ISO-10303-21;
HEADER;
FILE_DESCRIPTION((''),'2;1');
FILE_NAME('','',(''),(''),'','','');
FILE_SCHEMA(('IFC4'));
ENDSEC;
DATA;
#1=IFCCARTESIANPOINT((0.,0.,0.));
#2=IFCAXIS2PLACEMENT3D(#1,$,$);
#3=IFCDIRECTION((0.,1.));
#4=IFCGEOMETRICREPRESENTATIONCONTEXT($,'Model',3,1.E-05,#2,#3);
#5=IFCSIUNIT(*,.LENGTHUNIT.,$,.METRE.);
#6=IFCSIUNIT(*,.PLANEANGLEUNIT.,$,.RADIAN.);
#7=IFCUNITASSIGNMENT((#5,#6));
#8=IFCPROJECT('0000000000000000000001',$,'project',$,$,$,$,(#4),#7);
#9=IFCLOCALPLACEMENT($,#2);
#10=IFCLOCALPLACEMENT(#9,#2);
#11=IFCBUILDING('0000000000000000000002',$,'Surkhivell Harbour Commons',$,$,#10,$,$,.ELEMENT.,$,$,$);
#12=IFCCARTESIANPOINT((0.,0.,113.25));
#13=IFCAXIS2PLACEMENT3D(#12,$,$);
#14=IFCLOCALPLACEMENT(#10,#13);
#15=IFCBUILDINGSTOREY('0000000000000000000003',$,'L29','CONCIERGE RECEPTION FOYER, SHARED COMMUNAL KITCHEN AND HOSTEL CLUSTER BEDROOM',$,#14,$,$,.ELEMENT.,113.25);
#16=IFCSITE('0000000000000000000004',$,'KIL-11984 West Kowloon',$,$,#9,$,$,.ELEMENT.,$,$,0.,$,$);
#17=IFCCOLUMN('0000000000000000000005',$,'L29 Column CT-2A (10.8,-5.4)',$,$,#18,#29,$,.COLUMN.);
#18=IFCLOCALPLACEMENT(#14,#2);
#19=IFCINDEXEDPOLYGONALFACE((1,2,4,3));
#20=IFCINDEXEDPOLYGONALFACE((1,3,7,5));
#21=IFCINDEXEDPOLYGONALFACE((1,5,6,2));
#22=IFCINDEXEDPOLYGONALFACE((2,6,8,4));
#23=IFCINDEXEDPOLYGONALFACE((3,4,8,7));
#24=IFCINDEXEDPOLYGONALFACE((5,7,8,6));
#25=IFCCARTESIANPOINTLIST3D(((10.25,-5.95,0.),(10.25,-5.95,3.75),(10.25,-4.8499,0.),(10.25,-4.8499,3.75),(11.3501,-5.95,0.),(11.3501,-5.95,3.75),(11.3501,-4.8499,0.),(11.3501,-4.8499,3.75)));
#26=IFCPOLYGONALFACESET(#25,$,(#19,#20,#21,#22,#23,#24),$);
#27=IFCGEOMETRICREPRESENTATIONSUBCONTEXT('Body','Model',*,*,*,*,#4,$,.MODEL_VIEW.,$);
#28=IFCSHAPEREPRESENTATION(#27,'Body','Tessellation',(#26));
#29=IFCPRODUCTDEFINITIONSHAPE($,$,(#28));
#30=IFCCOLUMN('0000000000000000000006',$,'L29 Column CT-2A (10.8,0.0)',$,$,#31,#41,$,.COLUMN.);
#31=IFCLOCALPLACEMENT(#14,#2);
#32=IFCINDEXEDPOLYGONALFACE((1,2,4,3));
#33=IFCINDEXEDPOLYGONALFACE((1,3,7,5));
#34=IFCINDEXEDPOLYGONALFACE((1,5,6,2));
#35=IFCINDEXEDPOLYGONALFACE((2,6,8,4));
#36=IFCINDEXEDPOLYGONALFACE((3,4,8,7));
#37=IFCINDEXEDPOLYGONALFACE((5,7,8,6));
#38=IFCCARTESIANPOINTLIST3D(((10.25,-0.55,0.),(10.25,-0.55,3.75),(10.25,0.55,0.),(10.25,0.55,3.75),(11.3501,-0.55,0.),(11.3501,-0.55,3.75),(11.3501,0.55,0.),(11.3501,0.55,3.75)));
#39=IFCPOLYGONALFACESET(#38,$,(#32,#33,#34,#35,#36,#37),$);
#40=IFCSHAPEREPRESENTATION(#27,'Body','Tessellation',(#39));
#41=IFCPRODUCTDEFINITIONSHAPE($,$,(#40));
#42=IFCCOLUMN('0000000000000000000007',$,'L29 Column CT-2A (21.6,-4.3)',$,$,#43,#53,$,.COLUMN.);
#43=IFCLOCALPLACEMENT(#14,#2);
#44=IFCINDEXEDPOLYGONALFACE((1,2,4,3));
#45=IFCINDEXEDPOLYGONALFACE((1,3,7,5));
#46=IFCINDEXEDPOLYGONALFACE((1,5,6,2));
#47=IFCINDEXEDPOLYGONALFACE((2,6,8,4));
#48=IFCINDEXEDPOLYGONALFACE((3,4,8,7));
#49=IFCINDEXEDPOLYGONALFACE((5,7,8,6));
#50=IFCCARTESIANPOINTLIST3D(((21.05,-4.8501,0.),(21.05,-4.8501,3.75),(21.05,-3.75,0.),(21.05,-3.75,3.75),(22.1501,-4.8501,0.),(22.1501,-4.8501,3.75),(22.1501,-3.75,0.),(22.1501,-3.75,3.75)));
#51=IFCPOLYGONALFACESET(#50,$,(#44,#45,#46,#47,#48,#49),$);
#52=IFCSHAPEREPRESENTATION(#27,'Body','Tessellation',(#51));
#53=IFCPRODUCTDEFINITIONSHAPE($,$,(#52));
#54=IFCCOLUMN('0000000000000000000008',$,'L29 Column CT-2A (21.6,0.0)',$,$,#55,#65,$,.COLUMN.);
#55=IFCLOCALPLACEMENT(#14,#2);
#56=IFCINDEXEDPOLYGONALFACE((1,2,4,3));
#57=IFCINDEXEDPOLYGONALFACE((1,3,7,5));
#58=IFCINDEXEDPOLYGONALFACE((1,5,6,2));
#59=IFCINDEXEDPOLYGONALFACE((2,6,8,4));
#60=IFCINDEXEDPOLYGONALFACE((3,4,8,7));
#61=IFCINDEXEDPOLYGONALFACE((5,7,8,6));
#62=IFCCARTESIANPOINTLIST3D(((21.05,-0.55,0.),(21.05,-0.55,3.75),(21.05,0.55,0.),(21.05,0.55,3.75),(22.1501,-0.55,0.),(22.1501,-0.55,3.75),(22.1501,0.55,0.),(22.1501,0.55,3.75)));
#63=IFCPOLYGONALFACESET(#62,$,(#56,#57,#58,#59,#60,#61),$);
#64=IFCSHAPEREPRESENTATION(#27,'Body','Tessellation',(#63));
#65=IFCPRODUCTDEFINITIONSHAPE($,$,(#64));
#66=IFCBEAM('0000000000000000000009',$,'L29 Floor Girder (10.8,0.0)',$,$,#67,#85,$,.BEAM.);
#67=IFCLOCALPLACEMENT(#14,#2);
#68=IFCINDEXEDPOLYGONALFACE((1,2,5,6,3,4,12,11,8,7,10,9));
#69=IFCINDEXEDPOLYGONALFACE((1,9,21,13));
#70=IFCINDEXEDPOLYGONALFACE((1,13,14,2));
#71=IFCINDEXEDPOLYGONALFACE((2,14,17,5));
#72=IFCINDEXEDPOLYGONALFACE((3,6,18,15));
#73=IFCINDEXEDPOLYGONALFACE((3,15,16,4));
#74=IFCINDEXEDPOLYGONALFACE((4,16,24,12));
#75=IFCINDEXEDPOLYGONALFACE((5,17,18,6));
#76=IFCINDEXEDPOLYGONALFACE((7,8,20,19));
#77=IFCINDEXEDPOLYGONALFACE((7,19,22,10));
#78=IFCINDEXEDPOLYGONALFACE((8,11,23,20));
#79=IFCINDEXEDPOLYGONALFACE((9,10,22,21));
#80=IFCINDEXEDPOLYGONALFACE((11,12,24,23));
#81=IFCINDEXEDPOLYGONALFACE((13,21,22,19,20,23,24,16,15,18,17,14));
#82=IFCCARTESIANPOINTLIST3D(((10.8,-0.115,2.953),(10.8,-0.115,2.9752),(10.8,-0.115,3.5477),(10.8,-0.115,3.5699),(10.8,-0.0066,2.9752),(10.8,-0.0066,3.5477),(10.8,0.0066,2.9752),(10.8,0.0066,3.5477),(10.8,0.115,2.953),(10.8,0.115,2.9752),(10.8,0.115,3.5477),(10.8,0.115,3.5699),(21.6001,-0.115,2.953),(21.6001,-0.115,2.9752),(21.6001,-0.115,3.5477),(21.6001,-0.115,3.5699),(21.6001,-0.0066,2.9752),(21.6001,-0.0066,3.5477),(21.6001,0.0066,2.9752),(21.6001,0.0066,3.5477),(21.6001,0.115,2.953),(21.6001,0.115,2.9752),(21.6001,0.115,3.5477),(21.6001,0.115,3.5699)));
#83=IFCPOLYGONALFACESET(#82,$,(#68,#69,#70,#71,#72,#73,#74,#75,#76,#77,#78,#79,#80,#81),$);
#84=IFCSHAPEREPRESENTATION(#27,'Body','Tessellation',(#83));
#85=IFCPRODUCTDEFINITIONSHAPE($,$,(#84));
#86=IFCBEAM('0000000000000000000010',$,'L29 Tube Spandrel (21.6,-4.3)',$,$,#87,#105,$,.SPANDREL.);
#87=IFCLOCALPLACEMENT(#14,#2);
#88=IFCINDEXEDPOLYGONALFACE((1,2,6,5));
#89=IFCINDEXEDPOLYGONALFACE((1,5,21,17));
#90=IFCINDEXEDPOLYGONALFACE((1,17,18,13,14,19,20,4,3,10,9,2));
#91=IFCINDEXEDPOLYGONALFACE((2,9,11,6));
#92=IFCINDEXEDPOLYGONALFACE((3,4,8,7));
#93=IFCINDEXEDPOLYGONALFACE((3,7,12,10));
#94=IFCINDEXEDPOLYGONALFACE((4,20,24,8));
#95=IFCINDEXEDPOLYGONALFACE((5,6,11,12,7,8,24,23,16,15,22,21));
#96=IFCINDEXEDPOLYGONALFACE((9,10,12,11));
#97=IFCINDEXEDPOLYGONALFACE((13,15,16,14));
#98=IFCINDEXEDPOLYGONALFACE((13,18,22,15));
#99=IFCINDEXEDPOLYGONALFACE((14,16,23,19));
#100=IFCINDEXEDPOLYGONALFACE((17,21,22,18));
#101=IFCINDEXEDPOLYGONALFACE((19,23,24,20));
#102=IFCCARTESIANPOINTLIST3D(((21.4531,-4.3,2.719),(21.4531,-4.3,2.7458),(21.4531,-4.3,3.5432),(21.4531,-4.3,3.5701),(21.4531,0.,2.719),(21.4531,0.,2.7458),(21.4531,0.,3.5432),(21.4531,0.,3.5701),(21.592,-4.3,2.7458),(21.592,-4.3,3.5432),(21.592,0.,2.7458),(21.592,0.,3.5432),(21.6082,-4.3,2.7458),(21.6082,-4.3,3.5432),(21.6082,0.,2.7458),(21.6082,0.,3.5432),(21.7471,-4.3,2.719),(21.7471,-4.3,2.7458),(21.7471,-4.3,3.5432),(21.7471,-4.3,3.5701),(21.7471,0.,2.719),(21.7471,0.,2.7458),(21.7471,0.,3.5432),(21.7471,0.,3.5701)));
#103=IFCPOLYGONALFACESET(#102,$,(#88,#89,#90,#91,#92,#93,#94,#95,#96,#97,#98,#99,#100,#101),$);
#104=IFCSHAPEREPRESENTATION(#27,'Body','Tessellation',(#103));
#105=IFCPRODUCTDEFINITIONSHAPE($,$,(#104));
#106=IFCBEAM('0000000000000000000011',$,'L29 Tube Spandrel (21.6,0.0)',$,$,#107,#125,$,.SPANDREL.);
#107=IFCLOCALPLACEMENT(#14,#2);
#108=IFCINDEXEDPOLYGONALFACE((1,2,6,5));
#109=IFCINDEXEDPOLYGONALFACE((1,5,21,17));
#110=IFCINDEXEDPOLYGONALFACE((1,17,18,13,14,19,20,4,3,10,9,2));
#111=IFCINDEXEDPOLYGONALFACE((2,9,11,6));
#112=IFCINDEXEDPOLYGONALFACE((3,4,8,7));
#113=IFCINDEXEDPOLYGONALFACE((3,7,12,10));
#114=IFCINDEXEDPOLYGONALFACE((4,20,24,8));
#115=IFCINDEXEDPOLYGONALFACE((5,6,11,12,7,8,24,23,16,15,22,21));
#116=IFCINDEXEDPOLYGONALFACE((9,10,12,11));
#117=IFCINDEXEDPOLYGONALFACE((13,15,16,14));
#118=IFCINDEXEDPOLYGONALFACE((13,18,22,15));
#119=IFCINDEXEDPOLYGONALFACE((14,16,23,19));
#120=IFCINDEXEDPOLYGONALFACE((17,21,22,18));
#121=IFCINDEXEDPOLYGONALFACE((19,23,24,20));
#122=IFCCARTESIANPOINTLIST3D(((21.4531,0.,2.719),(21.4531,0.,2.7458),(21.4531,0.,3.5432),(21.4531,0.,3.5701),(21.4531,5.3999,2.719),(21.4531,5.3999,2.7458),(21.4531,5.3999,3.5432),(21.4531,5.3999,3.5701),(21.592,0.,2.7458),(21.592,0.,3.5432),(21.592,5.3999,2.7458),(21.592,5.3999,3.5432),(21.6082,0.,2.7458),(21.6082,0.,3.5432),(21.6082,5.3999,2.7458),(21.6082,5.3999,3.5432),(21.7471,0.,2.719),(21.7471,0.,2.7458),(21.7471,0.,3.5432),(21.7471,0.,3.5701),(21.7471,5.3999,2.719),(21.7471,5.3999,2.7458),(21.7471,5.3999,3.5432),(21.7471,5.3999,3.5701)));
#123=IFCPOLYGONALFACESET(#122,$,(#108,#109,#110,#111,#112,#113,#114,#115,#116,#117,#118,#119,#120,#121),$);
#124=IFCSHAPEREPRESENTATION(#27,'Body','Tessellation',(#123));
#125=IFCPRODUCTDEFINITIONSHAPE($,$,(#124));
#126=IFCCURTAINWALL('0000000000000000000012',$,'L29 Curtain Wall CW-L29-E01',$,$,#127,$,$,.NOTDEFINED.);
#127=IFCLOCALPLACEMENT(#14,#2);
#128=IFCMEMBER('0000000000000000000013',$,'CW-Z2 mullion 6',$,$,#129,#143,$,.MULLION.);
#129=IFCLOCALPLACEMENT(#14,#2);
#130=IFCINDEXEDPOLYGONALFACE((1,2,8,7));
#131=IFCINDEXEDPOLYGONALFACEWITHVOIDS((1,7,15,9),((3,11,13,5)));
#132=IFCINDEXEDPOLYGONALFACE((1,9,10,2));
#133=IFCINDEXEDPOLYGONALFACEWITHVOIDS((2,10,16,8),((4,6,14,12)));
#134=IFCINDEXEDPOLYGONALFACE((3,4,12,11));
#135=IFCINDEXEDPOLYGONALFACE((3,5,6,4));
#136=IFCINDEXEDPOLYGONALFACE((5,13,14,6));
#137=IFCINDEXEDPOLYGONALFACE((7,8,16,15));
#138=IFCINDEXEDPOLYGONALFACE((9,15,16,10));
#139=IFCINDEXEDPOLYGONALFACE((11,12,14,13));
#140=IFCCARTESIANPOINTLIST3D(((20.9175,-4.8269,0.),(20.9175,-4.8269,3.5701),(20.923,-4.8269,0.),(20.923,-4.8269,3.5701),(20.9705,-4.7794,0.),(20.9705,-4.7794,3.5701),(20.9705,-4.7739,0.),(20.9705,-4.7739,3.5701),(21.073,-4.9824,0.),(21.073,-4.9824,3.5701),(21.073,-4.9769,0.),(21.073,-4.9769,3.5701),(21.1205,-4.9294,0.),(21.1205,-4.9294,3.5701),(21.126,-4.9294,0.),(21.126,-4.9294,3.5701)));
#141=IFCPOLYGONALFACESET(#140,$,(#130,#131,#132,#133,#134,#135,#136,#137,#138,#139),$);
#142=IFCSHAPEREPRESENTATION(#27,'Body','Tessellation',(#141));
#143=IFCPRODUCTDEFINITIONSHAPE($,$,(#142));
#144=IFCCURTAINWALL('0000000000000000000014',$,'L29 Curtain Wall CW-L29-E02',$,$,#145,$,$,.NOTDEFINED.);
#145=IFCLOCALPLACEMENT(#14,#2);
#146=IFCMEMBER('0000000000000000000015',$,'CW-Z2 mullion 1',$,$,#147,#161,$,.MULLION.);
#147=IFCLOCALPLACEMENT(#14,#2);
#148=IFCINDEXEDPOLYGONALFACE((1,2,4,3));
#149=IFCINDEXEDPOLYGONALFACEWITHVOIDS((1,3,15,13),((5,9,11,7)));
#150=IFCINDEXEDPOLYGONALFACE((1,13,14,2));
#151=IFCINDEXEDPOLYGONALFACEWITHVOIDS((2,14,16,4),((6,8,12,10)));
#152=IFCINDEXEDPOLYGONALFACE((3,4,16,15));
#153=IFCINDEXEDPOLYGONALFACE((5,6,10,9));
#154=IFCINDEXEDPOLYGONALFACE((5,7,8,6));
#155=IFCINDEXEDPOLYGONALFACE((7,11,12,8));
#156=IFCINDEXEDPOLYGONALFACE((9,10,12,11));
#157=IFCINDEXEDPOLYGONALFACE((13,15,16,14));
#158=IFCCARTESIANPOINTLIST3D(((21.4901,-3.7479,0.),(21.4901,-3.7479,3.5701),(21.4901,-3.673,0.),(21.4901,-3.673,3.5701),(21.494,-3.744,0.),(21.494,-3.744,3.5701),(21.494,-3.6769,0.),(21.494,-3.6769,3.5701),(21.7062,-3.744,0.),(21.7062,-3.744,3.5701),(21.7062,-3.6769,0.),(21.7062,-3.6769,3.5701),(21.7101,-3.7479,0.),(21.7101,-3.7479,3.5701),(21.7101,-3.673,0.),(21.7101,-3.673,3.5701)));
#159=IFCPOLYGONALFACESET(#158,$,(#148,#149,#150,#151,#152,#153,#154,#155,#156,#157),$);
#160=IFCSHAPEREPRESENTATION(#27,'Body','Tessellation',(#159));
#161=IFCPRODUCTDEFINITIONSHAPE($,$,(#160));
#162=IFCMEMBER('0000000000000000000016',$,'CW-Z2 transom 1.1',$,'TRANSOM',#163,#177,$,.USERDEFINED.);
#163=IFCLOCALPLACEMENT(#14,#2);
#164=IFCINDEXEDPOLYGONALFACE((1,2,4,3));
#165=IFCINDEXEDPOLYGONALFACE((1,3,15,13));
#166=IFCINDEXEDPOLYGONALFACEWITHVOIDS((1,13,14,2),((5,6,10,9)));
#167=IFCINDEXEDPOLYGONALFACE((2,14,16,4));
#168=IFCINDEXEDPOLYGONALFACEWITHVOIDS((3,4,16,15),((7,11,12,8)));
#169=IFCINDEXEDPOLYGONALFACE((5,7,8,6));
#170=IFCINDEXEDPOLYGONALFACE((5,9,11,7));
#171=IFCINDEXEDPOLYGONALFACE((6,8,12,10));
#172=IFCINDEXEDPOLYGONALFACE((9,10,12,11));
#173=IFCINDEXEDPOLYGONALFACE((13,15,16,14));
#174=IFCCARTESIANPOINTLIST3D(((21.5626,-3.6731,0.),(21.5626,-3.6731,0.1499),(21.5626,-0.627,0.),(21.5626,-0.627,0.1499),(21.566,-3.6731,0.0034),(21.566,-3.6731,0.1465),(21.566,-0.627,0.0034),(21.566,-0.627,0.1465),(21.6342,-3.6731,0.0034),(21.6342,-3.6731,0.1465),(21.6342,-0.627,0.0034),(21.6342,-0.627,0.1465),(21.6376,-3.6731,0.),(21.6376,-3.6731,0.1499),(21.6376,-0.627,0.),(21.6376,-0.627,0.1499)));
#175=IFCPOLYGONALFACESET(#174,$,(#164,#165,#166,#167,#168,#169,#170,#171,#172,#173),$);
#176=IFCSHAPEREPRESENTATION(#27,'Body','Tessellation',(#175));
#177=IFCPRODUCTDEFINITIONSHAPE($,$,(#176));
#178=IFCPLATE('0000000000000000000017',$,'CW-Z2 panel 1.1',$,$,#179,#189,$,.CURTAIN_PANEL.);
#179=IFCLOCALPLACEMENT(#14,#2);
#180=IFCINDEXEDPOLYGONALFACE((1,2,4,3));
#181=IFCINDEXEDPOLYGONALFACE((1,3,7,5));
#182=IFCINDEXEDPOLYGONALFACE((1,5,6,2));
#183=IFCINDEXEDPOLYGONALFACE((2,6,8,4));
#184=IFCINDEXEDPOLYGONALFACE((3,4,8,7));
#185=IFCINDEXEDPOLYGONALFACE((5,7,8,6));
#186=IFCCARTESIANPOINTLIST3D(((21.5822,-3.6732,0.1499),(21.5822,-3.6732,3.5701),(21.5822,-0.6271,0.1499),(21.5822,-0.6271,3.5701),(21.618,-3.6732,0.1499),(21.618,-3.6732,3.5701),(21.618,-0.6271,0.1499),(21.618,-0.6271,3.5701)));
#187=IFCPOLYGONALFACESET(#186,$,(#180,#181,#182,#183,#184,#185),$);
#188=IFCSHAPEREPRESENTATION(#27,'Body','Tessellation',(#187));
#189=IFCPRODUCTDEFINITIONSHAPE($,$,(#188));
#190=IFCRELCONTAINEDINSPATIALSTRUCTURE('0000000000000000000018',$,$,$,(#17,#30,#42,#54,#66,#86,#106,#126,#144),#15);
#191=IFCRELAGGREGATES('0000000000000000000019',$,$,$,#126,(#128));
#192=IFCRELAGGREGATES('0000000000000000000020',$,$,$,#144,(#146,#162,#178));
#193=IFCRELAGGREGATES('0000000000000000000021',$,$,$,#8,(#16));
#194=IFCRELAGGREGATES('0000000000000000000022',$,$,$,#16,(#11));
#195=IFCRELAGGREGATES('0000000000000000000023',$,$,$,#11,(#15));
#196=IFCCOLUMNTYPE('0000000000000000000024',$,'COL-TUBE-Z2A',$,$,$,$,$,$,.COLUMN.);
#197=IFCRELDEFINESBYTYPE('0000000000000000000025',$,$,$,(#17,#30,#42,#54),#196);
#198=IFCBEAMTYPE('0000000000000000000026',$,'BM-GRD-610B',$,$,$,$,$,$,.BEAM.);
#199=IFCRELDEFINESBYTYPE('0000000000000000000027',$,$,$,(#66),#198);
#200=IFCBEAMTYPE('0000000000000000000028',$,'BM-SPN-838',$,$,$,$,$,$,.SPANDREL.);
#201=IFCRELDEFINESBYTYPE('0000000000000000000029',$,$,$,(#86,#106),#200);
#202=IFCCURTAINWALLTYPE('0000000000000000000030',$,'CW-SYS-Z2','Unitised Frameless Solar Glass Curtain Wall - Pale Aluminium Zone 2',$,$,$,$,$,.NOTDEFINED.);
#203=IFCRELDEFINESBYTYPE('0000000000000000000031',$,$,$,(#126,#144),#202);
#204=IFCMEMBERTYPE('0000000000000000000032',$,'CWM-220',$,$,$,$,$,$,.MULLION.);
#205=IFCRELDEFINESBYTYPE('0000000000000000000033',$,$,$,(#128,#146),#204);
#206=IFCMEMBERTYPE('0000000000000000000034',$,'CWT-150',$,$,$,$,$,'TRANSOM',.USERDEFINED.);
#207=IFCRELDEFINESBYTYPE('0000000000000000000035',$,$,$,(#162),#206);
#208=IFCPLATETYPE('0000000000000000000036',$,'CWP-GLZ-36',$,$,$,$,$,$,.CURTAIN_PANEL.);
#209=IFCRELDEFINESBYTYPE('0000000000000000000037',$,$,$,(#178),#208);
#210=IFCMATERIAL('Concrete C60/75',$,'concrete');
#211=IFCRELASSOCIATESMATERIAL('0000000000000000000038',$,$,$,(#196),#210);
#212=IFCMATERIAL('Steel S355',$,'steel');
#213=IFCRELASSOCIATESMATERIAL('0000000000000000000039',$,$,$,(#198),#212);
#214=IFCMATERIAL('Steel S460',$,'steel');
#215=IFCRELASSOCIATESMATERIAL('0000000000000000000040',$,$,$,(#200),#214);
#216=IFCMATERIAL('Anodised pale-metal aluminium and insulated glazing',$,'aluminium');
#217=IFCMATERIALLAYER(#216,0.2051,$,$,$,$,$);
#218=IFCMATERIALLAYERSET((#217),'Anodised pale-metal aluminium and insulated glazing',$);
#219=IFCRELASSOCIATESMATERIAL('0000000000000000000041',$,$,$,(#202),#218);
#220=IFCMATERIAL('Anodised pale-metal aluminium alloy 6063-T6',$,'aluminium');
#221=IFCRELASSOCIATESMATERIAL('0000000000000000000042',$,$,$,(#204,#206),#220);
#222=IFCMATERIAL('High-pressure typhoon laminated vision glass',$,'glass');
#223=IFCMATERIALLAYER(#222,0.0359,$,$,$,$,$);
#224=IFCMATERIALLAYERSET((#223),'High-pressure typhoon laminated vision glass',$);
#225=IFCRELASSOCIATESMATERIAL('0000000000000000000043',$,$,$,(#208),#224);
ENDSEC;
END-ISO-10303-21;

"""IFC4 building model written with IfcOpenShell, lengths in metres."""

from ifc_helpers import new_model, si_unit, direction, frame, frame_2d, origin, origin_2d, place, context, subcontext, project, spatial, rectangle, hollow_rectangle, i_section, extrude, material, layer, layer_set, material_profile, profile_set, type_object, element, aggregate, save


model = new_model("IFC4")

# Units and contexts
model_context = context("Model", 3, precision=1e-05, world=origin(), true_north=direction((0.0, 1.0)))
body_context = subcontext(model_context, "Body", "Model", "MODEL_VIEW")
ifc_project = project(units=[si_unit("LENGTHUNIT", "METRE"), si_unit("PLANEANGLEUNIT", "RADIAN")], contexts=[model_context])

# Site, building, storey
site_placement = place(None, origin())
site = spatial("IfcSite", under=ifc_project, at=site_placement, Name="KIL-11984 West Kowloon", CompositionType="ELEMENT", RefElevation=0.0)
building_placement = place(site_placement, origin())
building = spatial("IfcBuilding", under=site, at=building_placement, Name="Surkhivell Harbour Commons", CompositionType="ELEMENT")
storey_placement = place(building_placement, frame((0.0, 0.0, 113.25)))
storey = spatial("IfcBuildingStorey", under=building, at=storey_placement, Name="L29", Description="CONCIERGE RECEPTION FOYER, SHARED COMMUNAL KITCHEN AND HOSTEL CLUSTER BEDROOM", CompositionType="ELEMENT", Elevation=113.25)

# Columns
ifc_material_1 = material(Name="Concrete C60/75", Category="concrete")
ifc_material_profile_1 = material_profile(ifc_material_1, rectangle(XDim=1.1001, YDim=1.1001, at=origin_2d()), Name="RC-COL-1100x1100")
ifc_profile_set_1 = profile_set([ifc_material_profile_1], Name="Concrete C60/75")
column_type = type_object("IfcColumnType", Name="COL-TUBE-Z2A", PredefinedType="COLUMN", material=ifc_profile_set_1)
for number, where, z_axis, x_axis, name in (
    (1, (10.8, -5.3999, 0.0), (0.0, 0.0, 1.0), (1.0, 0.0, 0.0), "L29 Column CT-2A (10.8,-5.4)"),
    (2, (10.8, 0.0, 0.0), (0.0, 0.0, 1.0), (1.0, 0.0, 0.0), "L29 Column CT-2A (10.8,0.0)"),
    (3, (21.6001, -4.3, 0.0), (0.0, 0.0, 1.0), (1.0, 0.0, 0.0), "L29 Column CT-2A (21.6,-4.3)"),
    (4, (21.6001, 0.0, 0.0), (0.0, 0.0, 1.0), (1.0, 0.0, 0.0), "L29 Column CT-2A (21.6,0.0)"),
):
    element("IfcColumn", number, at=place(storey_placement, frame(where, z_axis=z_axis, x_axis=x_axis)), inside=storey, type_object=column_type, Name=name, PredefinedType="COLUMN", context=body_context, shape_type="SweptSolid", body=[
        extrude(rectangle(XDim=1.1001, YDim=1.1001, at=origin_2d()), origin(), (0.0, 0.0, 1.0), 3.75),
    ])

# Beams
ifc_material_2 = material(Name="Steel S355", Category="steel")
ifc_material_profile_2 = material_profile(ifc_material_2, i_section(OverallWidth=0.23, OverallDepth=0.6169, WebThickness=0.0132, FlangeThickness=0.0222, at=origin_2d()), Name="UB610x229x140")
ifc_profile_set_2 = profile_set([ifc_material_profile_2], Name="Steel S355")
beam_type_1 = type_object("IfcBeamType", Name="BM-GRD-610B", PredefinedType="BEAM", material=ifc_profile_set_2)
beam_1_placement = place(storey_placement, frame((10.8, 0.0, 3.2615), z_axis=(1.0, 0.0, 0.0), x_axis=(0.0, 1.0, 0.0)))
element("IfcBeam", 5, at=beam_1_placement, inside=storey, type_object=beam_type_1, Name="L29 Floor Girder (10.8,0.0)", PredefinedType="BEAM", context=body_context, shape_type="SweptSolid", body=[
    extrude(i_section(OverallWidth=0.23, OverallDepth=0.6169, WebThickness=0.0132, FlangeThickness=0.0222, at=origin_2d()), origin(), (0.0, 0.0, 1.0), 10.8),
])
ifc_material_3 = material(Name="Steel S460", Category="steel")
ifc_material_profile_3 = material_profile(ifc_material_3, i_section(OverallWidth=0.2939, OverallDepth=0.8511, WebThickness=0.0161, FlangeThickness=0.0269, at=origin_2d()), Name="UB838x292x226")
ifc_profile_set_3 = profile_set([ifc_material_profile_3], Name="Steel S460")
beam_type_2 = type_object("IfcBeamType", Name="BM-SPN-838", PredefinedType="SPANDREL", material=ifc_profile_set_3)
beam_2_placement = place(storey_placement, frame((21.6001, -4.3, 3.1445), z_axis=(0.0, 1.0, 0.0), x_axis=(-1.0, 0.0, 0.0)))
element("IfcBeam", 6, at=beam_2_placement, inside=storey, type_object=beam_type_2, Name="L29 Tube Spandrel (21.6,-4.3)", PredefinedType="SPANDREL", context=body_context, shape_type="SweptSolid", body=[
    extrude(i_section(OverallWidth=0.2939, OverallDepth=0.8511, WebThickness=0.0161, FlangeThickness=0.0269, at=origin_2d()), origin(), (0.0, 0.0, 1.0), 4.3),
])
beam_3_placement = place(storey_placement, frame((21.6001, 0.0, 3.1445), z_axis=(0.0, 1.0, 0.0), x_axis=(-1.0, 0.0, 0.0)))
element("IfcBeam", 7, at=beam_3_placement, inside=storey, type_object=beam_type_2, Name="L29 Tube Spandrel (21.6,0.0)", PredefinedType="SPANDREL", context=body_context, shape_type="SweptSolid", body=[
    extrude(i_section(OverallWidth=0.2939, OverallDepth=0.8511, WebThickness=0.0161, FlangeThickness=0.0269, at=origin_2d()), origin(), (0.0, 0.0, 1.0), 5.3999),
])

# Curtain wall, member
ifc_material_4 = material(Name="Anodised pale-metal aluminium and insulated glazing", Category="aluminium")
ifc_layer_1 = layer(ifc_material_4, 0.2051)
ifc_layer_set_1 = layer_set([ifc_layer_1], Name="Anodised pale-metal aluminium and insulated glazing")
curtain_wall_type = type_object("IfcCurtainWallType", Name="CW-SYS-Z2", Description="Unitised Frameless Solar Glass Curtain Wall - Pale Aluminium Zone 2", PredefinedType="NOTDEFINED", material=ifc_layer_set_1)
curtain_wall_1_placement = place(storey_placement, origin())
curtain_wall_1 = element("IfcCurtainWall", 8, at=curtain_wall_1_placement, inside=storey, type_object=curtain_wall_type, Name="L29 Curtain Wall CW-L29-E01", PredefinedType="NOTDEFINED")
ifc_material_5 = material(Name="Anodised pale-metal aluminium alloy 6063-T6", Category="aluminium")
ifc_material_profile_4 = material_profile(ifc_material_5, hollow_rectangle(XDim=0.075, YDim=0.22, WallThickness=0.0039, at=origin_2d()), Name="ALU-MULL-75x220")
ifc_profile_set_4 = profile_set([ifc_material_profile_4], Name="Anodised pale-metal aluminium alloy 6063-T6")
member_type_1 = type_object("IfcMemberType", Name="CWM-220", PredefinedType="MULLION", material=ifc_profile_set_4)
member_1_placement = place(storey_placement, frame((21.0217, -4.8782, 0.0), z_axis=(0.0, 0.0, 1.0), x_axis=(0.707107, 0.707107, 0.0)))
member_1 = element("IfcMember", 9, at=member_1_placement, type_object=member_type_1, Name="CW-Z2 mullion 6", PredefinedType="MULLION", context=body_context, shape_type="SweptSolid", body=[
    extrude(hollow_rectangle(XDim=0.075, YDim=0.22, WallThickness=0.0039, at=origin_2d()), origin(), (0.0, 0.0, 1.0), 3.5701),
])
aggregate(curtain_wall_1, [member_1])

# Curtain wall, members, plate
curtain_wall_2_placement = place(storey_placement, origin())
curtain_wall_2 = element("IfcCurtainWall", 10, at=curtain_wall_2_placement, inside=storey, type_object=curtain_wall_type, Name="L29 Curtain Wall CW-L29-E02", PredefinedType="NOTDEFINED")
member_2_placement = place(storey_placement, frame((21.6001, -3.7104, 0.0), z_axis=(0.0, 0.0, 1.0), x_axis=(0.0, 1.0, 0.0)))
member_2 = element("IfcMember", 11, at=member_2_placement, type_object=member_type_1, Name="CW-Z2 mullion 1", PredefinedType="MULLION", context=body_context, shape_type="SweptSolid", body=[
    extrude(hollow_rectangle(XDim=0.075, YDim=0.22, WallThickness=0.0039, at=origin_2d()), origin(), (0.0, 0.0, 1.0), 3.5701),
])
ifc_material_profile_5 = material_profile(ifc_material_5, hollow_rectangle(XDim=0.075, YDim=0.1499, WallThickness=0.0034, at=origin_2d()), Name="ALU-TRAN-75x150")
ifc_profile_set_5 = profile_set([ifc_material_profile_5], Name="Anodised pale-metal aluminium alloy 6063-T6")
member_type_2 = type_object("IfcMemberType", Name="CWT-150", ElementType="TRANSOM", PredefinedType="USERDEFINED", material=ifc_profile_set_5)
member_3_placement = place(storey_placement, frame((21.6001, -3.6731, 0.075), z_axis=(0.0, 1.0, 0.0), x_axis=(-1.0, 0.0, 0.0)))
member_3 = element("IfcMember", 12, at=member_3_placement, type_object=member_type_2, Name="CW-Z2 transom 1.1", ObjectType="TRANSOM", PredefinedType="USERDEFINED", context=body_context, shape_type="SweptSolid", body=[
    extrude(hollow_rectangle(XDim=0.075, YDim=0.1499, WallThickness=0.0034, at=origin_2d()), origin(), (0.0, 0.0, 1.0), 3.0461),
])
ifc_material_6 = material(Name="High-pressure typhoon laminated vision glass", Category="glass")
ifc_layer_2 = layer(ifc_material_6, 0.0359)
ifc_layer_set_2 = layer_set([ifc_layer_2], Name="High-pressure typhoon laminated vision glass")
plate_type = type_object("IfcPlateType", Name="CWP-GLZ-36", PredefinedType="CURTAIN_PANEL", material=ifc_layer_set_2)
plate_placement = place(storey_placement, frame((21.6001, -3.6731, 0.1499), z_axis=(0.0, 0.0, 1.0), x_axis=(0.0, 1.0, 0.0)))
plate = element("IfcPlate", 13, at=plate_placement, type_object=plate_type, Name="CW-Z2 panel 1.1", PredefinedType="CURTAIN_PANEL", context=body_context, shape_type="SweptSolid", body=[
    extrude(rectangle(XDim=3.0461, YDim=0.0359, at=frame_2d((1.5229, 0.0))), origin(), (0.0, 0.0, 1.0), 3.4202),
])
aggregate(curtain_wall_2, [member_2, member_3, plate])

save(model, "model.ifc")
